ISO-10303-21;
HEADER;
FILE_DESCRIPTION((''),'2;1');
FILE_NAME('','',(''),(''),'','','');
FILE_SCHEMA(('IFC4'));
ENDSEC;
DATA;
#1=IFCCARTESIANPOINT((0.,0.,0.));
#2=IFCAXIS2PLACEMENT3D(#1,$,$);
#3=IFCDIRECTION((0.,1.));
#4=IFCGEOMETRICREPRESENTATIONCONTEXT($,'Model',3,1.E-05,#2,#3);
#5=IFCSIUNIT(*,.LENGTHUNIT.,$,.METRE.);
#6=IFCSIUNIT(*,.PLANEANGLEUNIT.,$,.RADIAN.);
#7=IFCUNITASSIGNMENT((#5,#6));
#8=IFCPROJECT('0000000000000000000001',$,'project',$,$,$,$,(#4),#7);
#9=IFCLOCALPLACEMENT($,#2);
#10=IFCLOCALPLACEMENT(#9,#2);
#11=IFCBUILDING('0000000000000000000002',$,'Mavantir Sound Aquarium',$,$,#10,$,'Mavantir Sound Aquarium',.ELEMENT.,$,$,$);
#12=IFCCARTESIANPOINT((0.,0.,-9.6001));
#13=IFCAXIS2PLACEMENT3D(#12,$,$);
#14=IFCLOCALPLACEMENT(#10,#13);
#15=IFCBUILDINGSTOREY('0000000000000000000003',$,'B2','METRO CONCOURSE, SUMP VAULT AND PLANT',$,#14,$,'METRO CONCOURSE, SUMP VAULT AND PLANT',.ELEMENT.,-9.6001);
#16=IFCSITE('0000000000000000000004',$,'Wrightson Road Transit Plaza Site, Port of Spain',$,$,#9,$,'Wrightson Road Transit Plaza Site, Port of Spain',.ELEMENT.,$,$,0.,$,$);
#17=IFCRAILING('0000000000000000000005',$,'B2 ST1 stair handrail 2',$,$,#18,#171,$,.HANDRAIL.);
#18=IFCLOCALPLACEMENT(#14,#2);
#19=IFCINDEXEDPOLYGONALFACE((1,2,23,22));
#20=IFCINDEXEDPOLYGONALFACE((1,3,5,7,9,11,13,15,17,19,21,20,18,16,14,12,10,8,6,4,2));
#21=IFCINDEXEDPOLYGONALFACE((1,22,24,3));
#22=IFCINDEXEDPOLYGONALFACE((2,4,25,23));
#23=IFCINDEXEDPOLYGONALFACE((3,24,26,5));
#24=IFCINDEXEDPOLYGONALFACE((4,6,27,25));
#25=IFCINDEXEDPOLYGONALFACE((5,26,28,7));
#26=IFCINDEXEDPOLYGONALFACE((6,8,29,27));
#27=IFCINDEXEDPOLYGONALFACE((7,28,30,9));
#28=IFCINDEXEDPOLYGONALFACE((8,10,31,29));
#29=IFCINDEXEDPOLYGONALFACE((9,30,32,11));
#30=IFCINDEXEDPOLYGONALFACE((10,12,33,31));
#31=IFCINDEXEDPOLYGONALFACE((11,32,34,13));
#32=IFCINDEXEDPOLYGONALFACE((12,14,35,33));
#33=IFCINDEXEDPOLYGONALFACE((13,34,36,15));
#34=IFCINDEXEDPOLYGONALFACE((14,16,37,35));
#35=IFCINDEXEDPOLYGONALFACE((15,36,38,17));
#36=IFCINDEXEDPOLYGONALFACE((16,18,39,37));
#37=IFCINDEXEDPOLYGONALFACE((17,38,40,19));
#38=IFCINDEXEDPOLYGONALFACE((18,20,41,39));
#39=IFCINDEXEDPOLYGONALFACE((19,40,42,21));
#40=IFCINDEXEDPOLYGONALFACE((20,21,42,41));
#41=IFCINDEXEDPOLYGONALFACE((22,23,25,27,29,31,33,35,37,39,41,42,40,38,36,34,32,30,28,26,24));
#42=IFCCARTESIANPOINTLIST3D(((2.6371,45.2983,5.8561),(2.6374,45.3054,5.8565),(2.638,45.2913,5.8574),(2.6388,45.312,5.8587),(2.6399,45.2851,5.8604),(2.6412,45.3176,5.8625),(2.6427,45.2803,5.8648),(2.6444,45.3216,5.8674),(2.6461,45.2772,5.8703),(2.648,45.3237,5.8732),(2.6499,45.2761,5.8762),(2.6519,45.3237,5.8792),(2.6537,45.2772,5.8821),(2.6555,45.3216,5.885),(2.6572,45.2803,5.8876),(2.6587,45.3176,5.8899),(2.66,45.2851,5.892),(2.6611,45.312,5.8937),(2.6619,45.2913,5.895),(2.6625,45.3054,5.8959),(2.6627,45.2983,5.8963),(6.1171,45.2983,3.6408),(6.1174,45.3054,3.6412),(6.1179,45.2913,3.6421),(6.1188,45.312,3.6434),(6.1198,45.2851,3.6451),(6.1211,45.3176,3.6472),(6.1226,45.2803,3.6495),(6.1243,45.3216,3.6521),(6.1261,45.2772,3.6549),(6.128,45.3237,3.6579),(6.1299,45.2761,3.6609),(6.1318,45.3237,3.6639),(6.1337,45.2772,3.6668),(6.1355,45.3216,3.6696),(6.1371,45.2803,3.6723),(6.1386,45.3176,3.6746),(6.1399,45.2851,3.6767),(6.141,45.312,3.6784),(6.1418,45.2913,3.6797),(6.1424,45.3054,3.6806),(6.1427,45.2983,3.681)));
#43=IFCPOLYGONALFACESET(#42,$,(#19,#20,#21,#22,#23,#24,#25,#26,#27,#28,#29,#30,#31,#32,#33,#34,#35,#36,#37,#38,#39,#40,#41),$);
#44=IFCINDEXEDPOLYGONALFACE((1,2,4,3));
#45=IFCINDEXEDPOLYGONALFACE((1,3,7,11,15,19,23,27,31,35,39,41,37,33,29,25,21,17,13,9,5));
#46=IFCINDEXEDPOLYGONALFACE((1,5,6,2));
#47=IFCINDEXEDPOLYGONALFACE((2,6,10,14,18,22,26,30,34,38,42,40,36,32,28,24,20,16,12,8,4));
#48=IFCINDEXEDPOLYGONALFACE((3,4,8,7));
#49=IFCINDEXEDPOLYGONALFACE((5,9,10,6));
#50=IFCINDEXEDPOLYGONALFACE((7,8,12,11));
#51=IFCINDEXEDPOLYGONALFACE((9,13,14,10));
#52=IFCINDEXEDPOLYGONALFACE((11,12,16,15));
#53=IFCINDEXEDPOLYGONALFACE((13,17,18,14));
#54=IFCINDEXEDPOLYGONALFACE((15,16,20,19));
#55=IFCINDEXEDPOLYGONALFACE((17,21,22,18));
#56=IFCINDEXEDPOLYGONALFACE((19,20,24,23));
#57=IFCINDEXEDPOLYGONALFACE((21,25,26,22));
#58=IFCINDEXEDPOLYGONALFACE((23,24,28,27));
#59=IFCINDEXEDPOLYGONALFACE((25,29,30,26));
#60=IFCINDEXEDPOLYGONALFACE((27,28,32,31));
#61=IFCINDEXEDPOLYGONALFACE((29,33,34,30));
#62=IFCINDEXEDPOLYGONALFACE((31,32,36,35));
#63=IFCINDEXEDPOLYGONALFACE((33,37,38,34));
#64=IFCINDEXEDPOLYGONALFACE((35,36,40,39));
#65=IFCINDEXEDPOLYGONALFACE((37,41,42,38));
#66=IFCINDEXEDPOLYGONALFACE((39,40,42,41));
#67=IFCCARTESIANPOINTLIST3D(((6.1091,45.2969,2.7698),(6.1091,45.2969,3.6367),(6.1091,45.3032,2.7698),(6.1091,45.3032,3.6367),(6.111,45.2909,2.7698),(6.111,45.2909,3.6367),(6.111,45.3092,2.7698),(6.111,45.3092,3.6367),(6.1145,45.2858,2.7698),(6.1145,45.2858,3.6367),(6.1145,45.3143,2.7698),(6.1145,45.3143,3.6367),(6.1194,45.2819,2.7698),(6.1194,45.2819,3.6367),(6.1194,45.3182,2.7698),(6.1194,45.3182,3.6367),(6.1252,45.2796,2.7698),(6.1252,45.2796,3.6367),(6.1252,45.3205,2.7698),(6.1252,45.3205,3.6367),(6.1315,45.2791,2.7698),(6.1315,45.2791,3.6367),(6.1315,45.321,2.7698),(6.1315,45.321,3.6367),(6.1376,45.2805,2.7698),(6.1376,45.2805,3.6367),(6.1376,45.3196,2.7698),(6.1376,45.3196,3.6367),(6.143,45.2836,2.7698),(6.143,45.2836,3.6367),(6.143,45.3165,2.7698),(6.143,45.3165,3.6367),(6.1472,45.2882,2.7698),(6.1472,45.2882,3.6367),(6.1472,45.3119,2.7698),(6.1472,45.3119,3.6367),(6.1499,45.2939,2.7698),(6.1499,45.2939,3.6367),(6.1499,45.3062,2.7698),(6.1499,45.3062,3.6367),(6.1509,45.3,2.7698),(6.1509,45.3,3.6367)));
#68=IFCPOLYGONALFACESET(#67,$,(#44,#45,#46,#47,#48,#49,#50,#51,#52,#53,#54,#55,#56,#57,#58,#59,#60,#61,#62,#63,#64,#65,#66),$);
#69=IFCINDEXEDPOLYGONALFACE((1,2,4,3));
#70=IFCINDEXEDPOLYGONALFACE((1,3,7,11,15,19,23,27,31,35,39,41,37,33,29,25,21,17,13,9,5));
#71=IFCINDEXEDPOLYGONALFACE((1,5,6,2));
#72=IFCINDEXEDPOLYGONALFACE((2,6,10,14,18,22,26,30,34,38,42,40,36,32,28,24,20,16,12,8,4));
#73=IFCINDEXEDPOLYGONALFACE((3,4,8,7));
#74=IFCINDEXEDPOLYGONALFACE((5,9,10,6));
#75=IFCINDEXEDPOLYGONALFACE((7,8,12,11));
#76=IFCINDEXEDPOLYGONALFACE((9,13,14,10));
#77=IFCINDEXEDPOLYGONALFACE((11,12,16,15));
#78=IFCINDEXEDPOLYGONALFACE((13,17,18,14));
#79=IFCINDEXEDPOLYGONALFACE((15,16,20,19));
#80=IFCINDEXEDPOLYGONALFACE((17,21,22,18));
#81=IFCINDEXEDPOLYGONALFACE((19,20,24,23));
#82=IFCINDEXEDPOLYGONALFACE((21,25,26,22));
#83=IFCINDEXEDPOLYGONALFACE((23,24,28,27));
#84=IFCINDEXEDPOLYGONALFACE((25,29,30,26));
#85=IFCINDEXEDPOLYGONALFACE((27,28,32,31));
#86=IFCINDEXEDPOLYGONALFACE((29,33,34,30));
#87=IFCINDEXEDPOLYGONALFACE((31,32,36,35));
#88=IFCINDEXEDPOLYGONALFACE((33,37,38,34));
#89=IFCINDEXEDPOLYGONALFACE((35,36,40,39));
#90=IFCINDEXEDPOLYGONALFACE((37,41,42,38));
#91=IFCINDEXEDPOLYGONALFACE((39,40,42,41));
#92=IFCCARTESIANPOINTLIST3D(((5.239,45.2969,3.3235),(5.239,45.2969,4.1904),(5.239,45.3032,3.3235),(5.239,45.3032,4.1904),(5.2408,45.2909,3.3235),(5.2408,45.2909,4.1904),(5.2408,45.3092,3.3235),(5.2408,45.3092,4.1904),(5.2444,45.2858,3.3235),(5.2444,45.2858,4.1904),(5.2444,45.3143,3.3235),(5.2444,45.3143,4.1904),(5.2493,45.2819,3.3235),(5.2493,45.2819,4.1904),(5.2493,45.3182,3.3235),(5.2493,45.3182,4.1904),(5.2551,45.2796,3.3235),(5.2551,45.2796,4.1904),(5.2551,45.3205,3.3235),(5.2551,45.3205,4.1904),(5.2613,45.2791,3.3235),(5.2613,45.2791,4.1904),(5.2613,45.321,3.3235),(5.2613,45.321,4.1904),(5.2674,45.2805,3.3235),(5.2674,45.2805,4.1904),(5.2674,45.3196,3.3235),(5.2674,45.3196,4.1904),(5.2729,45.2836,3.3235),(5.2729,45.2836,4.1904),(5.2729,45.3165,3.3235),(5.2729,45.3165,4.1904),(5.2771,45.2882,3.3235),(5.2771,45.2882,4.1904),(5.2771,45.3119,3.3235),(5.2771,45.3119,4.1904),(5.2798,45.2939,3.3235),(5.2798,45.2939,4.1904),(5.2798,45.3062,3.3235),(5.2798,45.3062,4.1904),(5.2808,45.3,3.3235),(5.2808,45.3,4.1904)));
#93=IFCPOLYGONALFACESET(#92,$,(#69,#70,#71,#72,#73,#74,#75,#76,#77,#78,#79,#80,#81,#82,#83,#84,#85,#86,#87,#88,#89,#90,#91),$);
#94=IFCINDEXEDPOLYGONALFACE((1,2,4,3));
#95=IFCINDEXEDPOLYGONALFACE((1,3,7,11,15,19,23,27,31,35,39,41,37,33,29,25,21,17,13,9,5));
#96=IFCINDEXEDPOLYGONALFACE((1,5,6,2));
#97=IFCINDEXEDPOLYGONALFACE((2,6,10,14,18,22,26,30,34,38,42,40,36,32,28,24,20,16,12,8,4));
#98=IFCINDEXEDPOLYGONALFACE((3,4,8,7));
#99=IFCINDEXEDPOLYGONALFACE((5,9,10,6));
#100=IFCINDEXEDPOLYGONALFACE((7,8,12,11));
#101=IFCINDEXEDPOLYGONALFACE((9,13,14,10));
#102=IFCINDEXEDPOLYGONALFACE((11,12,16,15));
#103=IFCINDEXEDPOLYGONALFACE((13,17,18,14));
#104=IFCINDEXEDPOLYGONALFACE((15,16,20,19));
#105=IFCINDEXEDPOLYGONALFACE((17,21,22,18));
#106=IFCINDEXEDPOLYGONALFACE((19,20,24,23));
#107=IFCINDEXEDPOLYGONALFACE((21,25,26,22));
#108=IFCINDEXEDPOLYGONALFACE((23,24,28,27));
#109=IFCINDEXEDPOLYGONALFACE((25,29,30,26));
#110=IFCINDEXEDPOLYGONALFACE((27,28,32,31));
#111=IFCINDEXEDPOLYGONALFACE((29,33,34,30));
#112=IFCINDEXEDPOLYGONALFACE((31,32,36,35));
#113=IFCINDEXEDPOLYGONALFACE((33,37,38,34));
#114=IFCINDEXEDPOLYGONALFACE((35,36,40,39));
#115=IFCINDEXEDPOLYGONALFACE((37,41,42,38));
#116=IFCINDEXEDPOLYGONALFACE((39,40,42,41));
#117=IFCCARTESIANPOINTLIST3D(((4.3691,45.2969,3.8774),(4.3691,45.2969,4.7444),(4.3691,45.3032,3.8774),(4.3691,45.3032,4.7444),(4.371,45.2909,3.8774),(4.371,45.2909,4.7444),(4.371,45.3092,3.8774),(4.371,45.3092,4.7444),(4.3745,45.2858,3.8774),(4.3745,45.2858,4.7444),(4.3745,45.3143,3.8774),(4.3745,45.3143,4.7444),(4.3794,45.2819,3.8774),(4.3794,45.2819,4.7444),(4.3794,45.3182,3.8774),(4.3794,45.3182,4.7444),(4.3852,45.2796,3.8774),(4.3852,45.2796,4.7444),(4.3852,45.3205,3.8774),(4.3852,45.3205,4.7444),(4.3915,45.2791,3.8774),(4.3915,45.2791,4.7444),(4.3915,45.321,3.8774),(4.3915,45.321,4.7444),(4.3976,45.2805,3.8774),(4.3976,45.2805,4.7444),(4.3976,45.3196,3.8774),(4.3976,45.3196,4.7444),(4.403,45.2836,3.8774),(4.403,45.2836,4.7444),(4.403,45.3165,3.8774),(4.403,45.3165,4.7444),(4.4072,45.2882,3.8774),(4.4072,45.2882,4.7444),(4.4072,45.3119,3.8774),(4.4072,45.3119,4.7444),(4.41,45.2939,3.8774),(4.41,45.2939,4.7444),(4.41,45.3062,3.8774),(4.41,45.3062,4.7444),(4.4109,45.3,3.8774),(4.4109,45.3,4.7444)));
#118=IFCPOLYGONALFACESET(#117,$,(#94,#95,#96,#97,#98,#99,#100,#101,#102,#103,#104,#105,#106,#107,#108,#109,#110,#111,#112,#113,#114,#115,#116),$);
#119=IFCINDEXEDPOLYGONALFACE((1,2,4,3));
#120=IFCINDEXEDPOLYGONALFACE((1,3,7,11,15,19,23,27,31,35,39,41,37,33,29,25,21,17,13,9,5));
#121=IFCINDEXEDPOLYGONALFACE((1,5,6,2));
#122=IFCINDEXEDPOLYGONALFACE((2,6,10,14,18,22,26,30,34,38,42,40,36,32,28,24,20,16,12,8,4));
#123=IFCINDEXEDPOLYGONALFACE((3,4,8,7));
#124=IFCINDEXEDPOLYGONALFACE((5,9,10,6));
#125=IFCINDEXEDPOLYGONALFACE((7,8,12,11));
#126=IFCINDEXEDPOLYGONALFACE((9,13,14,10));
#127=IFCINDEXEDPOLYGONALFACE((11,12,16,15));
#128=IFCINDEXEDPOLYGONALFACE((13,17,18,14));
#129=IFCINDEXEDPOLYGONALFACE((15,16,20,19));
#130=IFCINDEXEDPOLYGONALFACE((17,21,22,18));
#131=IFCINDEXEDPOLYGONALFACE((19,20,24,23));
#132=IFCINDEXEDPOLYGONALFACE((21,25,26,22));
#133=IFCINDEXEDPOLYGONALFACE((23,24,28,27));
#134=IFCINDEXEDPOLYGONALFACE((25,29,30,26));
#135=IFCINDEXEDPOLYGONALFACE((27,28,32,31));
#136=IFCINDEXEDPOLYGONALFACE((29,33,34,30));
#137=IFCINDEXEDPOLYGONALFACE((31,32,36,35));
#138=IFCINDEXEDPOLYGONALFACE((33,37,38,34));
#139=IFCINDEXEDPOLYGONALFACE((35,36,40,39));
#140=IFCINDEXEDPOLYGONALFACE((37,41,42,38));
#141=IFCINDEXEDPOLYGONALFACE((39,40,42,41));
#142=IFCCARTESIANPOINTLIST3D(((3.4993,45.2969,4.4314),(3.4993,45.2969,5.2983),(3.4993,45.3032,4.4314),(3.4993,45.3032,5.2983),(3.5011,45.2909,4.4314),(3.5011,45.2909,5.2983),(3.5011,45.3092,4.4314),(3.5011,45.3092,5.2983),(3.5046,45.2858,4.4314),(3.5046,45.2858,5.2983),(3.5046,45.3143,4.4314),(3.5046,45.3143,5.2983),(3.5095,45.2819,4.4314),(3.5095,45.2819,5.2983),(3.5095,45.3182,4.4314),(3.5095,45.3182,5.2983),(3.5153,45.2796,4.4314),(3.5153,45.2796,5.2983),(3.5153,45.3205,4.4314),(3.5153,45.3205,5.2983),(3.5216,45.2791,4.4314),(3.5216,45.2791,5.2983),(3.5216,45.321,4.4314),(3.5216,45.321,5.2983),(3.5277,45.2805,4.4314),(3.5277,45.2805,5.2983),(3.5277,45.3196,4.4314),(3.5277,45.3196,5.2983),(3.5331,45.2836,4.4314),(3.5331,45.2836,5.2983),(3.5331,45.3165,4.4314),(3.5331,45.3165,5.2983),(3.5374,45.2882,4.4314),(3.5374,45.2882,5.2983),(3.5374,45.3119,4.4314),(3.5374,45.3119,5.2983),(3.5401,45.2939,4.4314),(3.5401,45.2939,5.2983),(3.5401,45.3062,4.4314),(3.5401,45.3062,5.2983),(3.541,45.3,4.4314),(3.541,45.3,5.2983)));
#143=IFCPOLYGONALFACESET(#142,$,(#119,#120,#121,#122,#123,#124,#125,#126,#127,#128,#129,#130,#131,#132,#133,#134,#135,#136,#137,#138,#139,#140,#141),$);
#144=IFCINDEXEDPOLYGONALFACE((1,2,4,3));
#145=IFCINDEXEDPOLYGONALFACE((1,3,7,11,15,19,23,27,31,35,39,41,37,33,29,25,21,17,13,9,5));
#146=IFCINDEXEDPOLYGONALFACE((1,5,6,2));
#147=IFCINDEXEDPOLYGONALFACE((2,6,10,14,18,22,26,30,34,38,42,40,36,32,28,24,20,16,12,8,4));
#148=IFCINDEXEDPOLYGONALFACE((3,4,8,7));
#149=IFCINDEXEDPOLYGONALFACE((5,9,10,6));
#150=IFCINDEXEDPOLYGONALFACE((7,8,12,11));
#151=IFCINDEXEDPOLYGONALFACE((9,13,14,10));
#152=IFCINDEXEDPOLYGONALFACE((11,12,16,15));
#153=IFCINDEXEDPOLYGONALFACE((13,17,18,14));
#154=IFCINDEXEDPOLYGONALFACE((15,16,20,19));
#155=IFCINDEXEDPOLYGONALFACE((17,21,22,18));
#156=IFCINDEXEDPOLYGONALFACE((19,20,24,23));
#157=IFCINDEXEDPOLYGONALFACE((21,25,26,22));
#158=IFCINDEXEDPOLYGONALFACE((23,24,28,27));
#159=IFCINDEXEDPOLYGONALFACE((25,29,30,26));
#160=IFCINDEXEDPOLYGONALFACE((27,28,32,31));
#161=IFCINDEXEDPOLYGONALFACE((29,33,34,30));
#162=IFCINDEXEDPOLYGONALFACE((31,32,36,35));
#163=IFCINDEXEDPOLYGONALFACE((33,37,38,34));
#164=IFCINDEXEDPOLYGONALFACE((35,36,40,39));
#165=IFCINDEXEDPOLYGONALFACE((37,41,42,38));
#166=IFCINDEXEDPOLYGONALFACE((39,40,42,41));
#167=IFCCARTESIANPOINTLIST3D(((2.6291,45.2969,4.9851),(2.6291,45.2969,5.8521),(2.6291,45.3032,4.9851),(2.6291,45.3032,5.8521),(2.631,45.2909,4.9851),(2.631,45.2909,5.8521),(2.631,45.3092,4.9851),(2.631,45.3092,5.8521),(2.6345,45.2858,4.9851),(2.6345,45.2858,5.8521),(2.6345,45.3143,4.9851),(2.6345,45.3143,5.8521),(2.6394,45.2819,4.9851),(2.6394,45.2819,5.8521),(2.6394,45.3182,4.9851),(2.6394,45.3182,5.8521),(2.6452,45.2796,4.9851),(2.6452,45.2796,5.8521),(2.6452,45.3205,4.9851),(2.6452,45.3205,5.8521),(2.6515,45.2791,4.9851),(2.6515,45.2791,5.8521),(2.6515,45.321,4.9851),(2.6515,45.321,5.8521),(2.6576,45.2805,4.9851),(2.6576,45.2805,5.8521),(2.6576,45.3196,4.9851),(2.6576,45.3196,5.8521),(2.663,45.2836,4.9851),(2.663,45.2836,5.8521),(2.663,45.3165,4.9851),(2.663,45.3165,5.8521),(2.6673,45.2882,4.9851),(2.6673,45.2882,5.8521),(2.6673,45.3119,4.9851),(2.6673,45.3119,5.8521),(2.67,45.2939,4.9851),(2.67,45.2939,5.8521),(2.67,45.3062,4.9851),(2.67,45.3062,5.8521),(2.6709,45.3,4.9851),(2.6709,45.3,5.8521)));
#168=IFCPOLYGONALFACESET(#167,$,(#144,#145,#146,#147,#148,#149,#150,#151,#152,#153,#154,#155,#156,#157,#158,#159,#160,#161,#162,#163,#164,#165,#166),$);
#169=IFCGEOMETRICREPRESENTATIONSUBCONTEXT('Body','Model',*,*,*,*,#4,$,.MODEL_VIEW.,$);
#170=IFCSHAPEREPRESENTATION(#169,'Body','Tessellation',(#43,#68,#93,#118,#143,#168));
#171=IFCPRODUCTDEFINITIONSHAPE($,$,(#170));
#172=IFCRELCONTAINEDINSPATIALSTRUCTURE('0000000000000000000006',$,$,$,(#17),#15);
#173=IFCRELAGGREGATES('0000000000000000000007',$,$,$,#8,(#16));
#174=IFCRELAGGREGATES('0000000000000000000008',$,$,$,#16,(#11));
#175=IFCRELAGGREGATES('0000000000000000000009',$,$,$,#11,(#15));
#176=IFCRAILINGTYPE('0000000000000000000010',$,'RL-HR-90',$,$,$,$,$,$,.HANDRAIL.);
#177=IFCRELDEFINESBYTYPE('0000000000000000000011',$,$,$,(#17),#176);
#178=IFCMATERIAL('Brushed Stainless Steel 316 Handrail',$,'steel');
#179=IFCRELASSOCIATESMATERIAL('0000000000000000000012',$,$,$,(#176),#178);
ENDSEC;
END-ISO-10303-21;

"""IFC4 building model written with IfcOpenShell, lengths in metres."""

from ifc_helpers import new_model, si_unit, direction, frame, origin, origin_2d, place, context, subcontext, project, spatial, circle, extrude, material, type_object, element, save


model = new_model("IFC4")

# Units and contexts
model_context = context("Model", 3, precision=1e-05, world=origin(), true_north=direction((0.0, 1.0)))
body_context = subcontext(model_context, "Body", "Model", "MODEL_VIEW")
ifc_project = project(units=[si_unit("LENGTHUNIT", "METRE"), si_unit("PLANEANGLEUNIT", "RADIAN")], contexts=[model_context])

# Site, building, storey
site_placement = place(None, origin())
site = spatial("IfcSite", under=ifc_project, at=site_placement, Name="Wrightson Road Transit Plaza Site, Port of Spain", LongName="Wrightson Road Transit Plaza Site, Port of Spain", CompositionType="ELEMENT", RefElevation=0.0)
building_placement = place(site_placement, origin())
building = spatial("IfcBuilding", under=site, at=building_placement, Name="Mavantir Sound Aquarium", LongName="Mavantir Sound Aquarium", CompositionType="ELEMENT")
storey_placement = place(building_placement, frame((0.0, 0.0, -9.6001)))
storey = spatial("IfcBuildingStorey", under=building, at=storey_placement, Name="B2", Description="METRO CONCOURSE, SUMP VAULT AND PLANT", LongName="METRO CONCOURSE, SUMP VAULT AND PLANT", CompositionType="ELEMENT", Elevation=-9.6001)

# Railing
ifc_material_1 = material(Name="Brushed Stainless Steel 316 Handrail", Category="steel")
railing_type_1 = type_object("IfcRailingType", Name="RL-HR-90", PredefinedType="HANDRAIL", material=ifc_material_1)
railing_1_placement = place(storey_placement, frame((6.1299, 45.3, 2.7698)))
element("IfcRailing", 1, at=railing_1_placement, inside=storey, type_object=railing_type_1, Name="B2 ST1 stair handrail 2", PredefinedType="HANDRAIL", context=body_context, shape_type="SweptSolid", body=[
    extrude(circle(Radius=0.0239, at=origin_2d()), frame((0.0, 0.0, 0.8911), z_axis=(-0.843574, 0.0, 0.537013), x_axis=(0.0, -1.0, 0.0)), (0.0, 0.0, 1.0), 4.1252),
    extrude(circle(Radius=0.021, at=origin_2d()), origin(), (0.0, 0.0, 1.0), 0.8669),
    extrude(circle(Radius=0.021, at=origin_2d()), frame((-0.8701, 0.0, 0.5537)), (0.0, 0.0, 1.0), 0.8669),
    extrude(circle(Radius=0.021, at=origin_2d()), frame((-1.74, 0.0, 1.1077)), (0.0, 0.0, 1.0), 0.8669),
    extrude(circle(Radius=0.021, at=origin_2d()), frame((-2.6099, 0.0, 1.6616)), (0.0, 0.0, 1.0), 0.8669),
    extrude(circle(Radius=0.021, at=origin_2d()), frame((-3.48, 0.0, 2.2153)), (0.0, 0.0, 1.0), 0.8669),
])

save(model, "model.ifc")
